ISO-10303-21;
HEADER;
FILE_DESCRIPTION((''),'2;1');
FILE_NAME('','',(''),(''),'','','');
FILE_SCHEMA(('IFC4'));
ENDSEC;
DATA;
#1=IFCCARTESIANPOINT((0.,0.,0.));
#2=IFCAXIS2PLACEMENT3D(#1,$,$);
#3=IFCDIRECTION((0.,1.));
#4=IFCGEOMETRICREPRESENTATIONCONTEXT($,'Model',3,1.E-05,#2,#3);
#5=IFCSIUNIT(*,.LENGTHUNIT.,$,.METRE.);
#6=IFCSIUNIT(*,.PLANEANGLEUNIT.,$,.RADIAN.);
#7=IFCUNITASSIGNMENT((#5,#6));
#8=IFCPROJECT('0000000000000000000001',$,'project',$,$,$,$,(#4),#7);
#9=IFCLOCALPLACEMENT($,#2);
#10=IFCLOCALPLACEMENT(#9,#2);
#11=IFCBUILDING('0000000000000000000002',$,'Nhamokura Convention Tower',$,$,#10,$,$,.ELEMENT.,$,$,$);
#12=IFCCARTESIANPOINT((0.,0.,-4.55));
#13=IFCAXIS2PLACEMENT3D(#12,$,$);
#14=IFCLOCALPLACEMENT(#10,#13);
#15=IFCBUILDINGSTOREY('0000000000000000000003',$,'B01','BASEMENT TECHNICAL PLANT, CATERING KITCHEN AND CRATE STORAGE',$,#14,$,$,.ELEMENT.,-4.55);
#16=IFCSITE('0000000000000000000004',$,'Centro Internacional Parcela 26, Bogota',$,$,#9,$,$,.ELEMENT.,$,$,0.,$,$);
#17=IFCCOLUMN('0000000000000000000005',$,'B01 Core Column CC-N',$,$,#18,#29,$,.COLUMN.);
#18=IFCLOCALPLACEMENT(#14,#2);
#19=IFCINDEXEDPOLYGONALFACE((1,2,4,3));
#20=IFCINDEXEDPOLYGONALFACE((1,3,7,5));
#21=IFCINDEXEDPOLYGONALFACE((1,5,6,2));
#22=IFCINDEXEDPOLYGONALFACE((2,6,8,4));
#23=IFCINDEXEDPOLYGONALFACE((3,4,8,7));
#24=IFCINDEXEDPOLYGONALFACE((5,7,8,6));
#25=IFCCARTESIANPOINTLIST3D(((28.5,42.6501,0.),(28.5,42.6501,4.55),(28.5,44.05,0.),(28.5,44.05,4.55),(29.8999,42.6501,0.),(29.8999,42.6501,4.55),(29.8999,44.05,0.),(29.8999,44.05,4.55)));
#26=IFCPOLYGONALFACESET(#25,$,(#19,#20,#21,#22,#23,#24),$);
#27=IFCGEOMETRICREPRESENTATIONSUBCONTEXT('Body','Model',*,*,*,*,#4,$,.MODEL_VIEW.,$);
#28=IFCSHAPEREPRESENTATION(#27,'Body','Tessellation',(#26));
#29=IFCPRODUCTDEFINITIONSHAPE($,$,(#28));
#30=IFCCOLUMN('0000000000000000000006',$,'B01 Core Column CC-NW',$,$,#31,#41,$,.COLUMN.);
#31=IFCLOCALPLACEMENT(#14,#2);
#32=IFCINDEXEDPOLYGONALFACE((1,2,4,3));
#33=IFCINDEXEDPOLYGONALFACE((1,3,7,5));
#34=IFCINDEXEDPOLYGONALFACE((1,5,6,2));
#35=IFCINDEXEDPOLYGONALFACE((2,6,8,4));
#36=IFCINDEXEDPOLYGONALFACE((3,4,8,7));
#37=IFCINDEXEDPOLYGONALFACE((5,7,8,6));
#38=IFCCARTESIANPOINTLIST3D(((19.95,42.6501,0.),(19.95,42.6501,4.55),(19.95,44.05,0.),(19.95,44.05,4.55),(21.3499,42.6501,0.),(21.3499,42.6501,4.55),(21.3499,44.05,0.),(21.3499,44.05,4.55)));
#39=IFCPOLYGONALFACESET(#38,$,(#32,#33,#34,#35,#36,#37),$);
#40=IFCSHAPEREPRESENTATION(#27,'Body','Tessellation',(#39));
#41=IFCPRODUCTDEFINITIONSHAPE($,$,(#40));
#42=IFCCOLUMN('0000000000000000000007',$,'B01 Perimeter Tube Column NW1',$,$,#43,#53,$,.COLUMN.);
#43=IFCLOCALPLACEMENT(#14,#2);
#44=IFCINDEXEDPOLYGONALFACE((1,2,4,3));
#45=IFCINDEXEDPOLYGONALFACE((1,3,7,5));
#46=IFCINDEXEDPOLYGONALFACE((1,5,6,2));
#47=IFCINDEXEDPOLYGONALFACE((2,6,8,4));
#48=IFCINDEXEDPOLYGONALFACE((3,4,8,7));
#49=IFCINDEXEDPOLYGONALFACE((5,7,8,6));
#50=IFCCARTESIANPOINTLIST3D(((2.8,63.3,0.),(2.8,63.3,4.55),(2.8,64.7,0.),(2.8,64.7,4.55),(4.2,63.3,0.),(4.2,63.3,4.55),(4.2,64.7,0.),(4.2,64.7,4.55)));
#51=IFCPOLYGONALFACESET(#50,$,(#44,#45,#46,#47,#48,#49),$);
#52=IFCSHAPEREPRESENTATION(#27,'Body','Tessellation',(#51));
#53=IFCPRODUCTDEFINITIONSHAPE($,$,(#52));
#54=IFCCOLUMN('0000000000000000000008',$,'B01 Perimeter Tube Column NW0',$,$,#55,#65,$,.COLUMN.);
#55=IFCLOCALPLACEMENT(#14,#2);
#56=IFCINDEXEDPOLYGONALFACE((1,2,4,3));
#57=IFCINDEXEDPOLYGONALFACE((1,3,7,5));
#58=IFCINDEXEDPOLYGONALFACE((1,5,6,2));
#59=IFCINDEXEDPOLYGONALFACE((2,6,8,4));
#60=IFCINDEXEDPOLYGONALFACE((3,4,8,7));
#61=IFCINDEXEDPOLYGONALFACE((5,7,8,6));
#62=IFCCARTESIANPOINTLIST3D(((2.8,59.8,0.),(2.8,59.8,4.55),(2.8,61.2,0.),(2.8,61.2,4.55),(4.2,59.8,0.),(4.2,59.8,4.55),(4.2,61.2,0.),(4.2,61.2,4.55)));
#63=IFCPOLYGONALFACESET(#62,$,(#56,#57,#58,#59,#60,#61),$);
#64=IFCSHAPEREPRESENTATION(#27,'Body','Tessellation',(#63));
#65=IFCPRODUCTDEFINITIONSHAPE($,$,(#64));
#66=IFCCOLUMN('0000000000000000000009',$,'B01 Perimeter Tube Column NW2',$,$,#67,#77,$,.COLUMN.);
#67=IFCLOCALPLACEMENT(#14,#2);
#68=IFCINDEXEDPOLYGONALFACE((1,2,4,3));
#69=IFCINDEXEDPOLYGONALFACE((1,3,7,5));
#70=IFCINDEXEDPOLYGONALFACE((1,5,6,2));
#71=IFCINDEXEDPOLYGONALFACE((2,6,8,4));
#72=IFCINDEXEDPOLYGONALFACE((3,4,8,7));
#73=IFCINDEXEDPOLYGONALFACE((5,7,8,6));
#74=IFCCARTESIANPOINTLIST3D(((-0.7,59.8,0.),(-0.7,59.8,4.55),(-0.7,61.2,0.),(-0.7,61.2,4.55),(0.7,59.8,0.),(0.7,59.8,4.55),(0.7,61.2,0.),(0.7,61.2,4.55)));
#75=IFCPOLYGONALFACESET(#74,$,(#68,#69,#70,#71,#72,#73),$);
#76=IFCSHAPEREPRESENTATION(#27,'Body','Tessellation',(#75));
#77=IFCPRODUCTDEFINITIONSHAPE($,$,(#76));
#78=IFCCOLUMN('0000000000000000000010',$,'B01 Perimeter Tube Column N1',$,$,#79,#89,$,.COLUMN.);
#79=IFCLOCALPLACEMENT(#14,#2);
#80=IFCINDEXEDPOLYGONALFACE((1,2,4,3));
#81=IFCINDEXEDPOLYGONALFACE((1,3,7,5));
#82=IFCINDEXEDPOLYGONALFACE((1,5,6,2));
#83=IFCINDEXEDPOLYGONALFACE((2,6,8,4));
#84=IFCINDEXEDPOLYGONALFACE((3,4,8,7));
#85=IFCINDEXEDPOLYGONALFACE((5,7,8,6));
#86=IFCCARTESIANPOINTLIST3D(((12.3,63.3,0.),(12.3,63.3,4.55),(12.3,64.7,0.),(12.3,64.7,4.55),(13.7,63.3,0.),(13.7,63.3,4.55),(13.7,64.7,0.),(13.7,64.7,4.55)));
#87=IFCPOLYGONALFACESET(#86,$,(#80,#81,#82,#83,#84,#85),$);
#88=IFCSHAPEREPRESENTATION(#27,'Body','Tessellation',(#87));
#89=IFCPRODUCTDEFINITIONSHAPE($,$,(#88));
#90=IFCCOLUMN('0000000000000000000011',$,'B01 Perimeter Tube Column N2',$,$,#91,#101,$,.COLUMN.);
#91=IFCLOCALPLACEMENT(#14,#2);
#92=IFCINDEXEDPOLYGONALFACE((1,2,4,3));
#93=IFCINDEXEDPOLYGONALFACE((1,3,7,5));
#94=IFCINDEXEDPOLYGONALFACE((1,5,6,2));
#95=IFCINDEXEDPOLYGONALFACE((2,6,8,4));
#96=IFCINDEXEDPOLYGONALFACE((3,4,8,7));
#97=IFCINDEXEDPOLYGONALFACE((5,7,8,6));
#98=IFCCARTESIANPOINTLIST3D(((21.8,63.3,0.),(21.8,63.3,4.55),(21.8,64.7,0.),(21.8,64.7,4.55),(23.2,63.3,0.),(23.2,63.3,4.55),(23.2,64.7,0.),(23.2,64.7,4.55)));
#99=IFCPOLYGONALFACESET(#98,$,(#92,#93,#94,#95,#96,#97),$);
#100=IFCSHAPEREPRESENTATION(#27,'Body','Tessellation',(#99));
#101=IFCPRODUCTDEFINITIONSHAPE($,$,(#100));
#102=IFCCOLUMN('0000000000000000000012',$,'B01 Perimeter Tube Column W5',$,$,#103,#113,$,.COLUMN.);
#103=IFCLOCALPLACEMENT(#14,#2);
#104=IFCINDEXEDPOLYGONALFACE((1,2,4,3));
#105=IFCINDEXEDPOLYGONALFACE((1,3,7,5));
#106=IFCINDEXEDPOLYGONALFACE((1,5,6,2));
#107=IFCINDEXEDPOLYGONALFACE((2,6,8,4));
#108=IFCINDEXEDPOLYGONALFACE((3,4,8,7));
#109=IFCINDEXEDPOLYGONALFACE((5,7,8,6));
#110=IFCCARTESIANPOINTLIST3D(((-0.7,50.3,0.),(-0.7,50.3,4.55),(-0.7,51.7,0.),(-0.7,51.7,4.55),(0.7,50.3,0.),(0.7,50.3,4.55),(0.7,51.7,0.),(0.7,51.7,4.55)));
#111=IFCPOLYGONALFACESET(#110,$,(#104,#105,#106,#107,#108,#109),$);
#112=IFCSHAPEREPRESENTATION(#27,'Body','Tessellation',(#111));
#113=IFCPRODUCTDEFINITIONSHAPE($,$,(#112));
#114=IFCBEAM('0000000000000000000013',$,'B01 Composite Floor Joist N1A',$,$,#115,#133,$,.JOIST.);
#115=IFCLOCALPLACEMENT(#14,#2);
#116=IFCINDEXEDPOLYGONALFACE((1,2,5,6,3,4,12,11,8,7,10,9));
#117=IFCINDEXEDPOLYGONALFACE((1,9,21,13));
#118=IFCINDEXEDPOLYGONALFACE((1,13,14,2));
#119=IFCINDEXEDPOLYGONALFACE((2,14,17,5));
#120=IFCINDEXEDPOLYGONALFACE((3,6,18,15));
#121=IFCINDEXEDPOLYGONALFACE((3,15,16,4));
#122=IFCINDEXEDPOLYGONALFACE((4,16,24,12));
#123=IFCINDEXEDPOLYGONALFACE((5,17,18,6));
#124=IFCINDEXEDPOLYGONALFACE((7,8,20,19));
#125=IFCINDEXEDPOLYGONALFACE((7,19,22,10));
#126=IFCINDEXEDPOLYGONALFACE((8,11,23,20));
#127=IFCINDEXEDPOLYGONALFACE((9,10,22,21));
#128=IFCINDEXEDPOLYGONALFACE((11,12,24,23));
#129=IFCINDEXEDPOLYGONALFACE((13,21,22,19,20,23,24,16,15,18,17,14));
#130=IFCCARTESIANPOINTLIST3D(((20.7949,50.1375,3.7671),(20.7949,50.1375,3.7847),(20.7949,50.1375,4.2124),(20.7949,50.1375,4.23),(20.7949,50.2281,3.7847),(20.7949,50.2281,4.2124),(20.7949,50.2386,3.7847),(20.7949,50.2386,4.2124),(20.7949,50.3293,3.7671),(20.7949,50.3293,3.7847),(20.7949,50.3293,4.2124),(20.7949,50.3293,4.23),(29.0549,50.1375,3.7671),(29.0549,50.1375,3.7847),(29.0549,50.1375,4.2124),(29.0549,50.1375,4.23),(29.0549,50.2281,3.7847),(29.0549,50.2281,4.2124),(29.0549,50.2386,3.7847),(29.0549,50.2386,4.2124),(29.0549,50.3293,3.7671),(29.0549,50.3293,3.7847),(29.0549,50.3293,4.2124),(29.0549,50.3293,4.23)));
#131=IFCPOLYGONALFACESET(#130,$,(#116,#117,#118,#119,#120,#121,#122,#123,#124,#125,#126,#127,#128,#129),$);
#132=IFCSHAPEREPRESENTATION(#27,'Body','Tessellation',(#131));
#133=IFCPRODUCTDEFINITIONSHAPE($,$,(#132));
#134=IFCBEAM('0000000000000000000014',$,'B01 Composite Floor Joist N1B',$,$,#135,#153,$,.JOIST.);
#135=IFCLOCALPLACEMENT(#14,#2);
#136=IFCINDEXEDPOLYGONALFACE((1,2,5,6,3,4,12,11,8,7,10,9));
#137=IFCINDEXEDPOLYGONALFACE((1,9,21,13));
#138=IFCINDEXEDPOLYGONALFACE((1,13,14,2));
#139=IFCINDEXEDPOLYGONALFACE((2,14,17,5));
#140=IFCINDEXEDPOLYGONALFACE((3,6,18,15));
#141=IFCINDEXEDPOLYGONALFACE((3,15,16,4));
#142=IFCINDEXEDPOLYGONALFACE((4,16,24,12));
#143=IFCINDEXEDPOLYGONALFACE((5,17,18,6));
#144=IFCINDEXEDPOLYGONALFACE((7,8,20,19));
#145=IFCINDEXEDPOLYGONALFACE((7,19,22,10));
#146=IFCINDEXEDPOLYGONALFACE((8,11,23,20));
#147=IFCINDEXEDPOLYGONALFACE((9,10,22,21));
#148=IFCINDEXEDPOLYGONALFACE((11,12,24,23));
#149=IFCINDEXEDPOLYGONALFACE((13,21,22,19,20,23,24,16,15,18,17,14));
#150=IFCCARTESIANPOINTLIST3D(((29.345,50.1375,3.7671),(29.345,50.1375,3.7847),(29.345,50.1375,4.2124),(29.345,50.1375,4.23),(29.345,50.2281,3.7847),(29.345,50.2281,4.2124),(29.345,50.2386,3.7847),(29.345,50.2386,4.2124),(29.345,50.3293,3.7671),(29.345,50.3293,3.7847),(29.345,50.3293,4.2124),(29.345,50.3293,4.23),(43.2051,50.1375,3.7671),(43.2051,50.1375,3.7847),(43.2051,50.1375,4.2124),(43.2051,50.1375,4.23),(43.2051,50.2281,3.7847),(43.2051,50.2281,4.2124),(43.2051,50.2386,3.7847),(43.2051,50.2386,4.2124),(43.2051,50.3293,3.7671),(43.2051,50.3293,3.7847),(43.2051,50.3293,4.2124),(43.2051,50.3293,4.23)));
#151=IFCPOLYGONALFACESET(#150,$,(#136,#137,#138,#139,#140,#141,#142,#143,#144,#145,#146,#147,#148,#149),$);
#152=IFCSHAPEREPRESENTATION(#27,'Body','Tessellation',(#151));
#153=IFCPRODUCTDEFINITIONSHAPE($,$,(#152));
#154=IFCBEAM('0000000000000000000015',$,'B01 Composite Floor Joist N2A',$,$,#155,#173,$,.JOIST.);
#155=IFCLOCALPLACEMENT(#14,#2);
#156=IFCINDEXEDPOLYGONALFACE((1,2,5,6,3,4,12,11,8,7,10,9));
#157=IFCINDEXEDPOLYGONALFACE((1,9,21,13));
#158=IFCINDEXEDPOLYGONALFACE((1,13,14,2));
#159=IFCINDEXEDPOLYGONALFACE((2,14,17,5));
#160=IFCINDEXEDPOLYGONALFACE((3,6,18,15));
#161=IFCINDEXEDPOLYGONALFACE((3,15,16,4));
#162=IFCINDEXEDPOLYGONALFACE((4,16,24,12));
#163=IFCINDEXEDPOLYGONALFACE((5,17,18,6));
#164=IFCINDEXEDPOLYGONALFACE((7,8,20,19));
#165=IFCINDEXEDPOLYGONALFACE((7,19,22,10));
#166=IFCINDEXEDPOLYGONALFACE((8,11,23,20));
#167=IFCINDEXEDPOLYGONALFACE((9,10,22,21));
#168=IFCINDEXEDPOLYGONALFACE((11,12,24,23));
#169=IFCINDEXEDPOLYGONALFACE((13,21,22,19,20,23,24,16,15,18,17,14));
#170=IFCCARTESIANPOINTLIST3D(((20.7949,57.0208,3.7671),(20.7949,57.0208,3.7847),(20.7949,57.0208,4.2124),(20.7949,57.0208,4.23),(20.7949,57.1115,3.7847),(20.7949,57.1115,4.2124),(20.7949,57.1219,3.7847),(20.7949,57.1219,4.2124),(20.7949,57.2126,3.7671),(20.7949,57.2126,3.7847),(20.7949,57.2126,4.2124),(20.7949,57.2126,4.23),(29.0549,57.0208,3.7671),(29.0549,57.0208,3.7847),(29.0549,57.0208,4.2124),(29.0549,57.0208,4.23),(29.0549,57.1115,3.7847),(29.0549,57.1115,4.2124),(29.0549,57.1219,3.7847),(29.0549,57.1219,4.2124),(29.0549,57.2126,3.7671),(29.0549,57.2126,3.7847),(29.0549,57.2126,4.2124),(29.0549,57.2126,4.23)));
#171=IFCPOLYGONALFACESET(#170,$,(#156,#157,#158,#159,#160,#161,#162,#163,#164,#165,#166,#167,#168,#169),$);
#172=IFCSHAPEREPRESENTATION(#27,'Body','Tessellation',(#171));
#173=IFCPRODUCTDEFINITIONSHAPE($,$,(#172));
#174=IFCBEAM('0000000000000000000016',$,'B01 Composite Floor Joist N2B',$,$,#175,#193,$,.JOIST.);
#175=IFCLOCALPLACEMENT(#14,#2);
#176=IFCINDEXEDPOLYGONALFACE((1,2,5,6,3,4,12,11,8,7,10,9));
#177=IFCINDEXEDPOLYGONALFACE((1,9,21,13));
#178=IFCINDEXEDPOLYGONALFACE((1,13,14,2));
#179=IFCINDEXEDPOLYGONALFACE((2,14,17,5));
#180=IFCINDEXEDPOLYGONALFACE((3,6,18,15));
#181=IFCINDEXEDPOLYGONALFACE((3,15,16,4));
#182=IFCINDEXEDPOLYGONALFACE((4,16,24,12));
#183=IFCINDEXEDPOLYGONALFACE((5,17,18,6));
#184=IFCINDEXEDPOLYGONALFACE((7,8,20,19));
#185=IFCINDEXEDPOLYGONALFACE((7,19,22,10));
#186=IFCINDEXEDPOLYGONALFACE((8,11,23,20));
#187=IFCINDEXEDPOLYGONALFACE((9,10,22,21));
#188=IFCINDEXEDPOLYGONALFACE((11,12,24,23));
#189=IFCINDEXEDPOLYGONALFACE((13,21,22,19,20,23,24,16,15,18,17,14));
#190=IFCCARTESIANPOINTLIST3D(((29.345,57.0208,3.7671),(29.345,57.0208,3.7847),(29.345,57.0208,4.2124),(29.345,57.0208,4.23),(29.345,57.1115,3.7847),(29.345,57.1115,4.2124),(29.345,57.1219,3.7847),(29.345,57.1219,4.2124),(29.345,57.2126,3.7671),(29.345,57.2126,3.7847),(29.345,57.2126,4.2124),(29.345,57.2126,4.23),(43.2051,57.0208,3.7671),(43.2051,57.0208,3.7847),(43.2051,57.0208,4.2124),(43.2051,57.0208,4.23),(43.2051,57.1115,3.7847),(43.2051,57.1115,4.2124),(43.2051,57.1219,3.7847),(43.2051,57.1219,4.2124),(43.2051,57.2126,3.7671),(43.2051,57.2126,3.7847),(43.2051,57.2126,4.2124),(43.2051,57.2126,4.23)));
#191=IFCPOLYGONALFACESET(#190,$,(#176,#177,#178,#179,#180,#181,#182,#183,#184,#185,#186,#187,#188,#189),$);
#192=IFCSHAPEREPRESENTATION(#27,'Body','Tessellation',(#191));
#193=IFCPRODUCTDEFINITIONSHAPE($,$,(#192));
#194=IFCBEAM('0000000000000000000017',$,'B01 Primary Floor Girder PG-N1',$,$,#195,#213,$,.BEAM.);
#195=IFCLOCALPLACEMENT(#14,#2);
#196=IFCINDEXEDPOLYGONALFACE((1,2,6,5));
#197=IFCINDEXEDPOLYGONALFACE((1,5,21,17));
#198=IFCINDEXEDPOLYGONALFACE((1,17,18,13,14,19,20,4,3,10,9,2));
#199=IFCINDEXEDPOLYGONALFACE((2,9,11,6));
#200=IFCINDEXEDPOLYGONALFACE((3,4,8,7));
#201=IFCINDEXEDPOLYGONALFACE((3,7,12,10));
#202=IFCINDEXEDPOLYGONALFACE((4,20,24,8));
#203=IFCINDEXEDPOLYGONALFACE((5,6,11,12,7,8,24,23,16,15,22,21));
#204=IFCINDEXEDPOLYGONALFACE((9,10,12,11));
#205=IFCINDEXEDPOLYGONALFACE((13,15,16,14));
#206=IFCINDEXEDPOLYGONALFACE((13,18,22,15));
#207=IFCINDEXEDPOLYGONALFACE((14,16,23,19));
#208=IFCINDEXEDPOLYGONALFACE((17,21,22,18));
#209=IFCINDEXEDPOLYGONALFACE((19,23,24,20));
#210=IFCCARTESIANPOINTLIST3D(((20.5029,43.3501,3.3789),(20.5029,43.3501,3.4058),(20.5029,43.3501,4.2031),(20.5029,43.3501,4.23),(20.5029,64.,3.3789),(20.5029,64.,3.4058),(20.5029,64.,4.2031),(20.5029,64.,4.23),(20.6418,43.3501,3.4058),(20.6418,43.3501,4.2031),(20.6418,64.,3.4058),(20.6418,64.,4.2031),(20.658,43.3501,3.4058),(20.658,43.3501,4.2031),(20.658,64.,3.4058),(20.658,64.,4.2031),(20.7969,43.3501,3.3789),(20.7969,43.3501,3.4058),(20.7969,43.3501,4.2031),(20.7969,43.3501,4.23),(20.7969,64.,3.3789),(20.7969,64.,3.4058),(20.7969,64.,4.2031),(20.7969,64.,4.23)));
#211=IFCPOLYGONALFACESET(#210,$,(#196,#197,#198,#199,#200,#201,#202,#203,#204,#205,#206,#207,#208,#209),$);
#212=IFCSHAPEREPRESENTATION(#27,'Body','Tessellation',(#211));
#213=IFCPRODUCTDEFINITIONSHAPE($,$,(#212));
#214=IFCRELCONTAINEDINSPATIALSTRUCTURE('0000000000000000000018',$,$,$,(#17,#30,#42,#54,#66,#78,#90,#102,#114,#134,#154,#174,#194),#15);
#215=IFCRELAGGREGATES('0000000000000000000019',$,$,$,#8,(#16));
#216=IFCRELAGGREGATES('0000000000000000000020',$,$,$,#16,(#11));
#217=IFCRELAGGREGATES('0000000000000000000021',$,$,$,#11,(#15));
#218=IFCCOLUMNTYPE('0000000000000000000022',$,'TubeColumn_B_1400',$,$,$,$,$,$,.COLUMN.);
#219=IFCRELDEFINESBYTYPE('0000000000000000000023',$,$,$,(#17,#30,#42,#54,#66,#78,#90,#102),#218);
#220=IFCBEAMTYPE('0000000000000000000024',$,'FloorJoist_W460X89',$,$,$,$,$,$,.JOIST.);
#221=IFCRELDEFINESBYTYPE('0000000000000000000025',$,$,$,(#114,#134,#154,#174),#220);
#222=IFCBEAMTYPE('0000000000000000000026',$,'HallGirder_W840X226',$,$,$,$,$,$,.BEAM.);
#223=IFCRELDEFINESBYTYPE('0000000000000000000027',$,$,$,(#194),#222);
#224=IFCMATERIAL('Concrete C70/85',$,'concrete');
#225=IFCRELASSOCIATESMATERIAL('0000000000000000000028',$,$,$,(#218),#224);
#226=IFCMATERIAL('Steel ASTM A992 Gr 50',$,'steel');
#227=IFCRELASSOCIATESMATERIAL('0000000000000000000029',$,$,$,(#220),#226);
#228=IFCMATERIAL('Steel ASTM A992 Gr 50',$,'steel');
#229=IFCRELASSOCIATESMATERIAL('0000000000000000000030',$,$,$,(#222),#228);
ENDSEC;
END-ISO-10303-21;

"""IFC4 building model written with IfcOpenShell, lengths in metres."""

from ifc_helpers import new_model, si_unit, direction, frame, origin, origin_2d, place, context, subcontext, project, spatial, rectangle, i_section, extrude, material, material_profile, profile_set, type_object, element, save


model = new_model("IFC4")

# Units and contexts
model_context = context("Model", 3, precision=1e-05, world=origin(), true_north=direction((0.0, 1.0)))
body_context = subcontext(model_context, "Body", "Model", "MODEL_VIEW")
ifc_project = project(units=[si_unit("LENGTHUNIT", "METRE"), si_unit("PLANEANGLEUNIT", "RADIAN")], contexts=[model_context])

# Site, building, storey
site_placement = place(None, origin())
site = spatial("IfcSite", under=ifc_project, at=site_placement, Name="Centro Internacional Parcela 26, Bogota", CompositionType="ELEMENT", RefElevation=0.0)
building_placement = place(site_placement, origin())
building = spatial("IfcBuilding", under=site, at=building_placement, Name="Nhamokura Convention Tower", CompositionType="ELEMENT")
storey_placement = place(building_placement, frame((0.0, 0.0, -4.55)))
storey = spatial("IfcBuildingStorey", under=building, at=storey_placement, Name="B01", Description="BASEMENT TECHNICAL PLANT, CATERING KITCHEN AND CRATE STORAGE", CompositionType="ELEMENT", Elevation=-4.55)

# Columns
ifc_material_1 = material(Name="Concrete C70/85", Category="concrete")
ifc_material_profile_1 = material_profile(ifc_material_1, rectangle(XDim=1.3999, YDim=1.3999, at=origin_2d()))
ifc_profile_set_1 = profile_set([ifc_material_profile_1], Name="Concrete C70/85")
column_type = type_object("IfcColumnType", Name="TubeColumn_B_1400", PredefinedType="COLUMN", material=ifc_profile_set_1)
for number, where, z_axis, x_axis, name in (
    (1, (29.2, 43.3501, 0.0), (0.0, 0.0, 1.0), (1.0, 0.0, 0.0), "B01 Core Column CC-N"),
    (2, (20.6499, 43.3501, 0.0), (0.0, 0.0, 1.0), (1.0, 0.0, 0.0), "B01 Core Column CC-NW"),
    (3, (3.5, 64.0, 0.0), (0.0, 0.0, 1.0), (1.0, 0.0, 0.0), "B01 Perimeter Tube Column NW1"),
    (4, (3.5, 60.5, 0.0), (0.0, 0.0, 1.0), (1.0, 0.0, 0.0), "B01 Perimeter Tube Column NW0"),
    (5, (0.0, 60.5, 0.0), (0.0, 0.0, 1.0), (1.0, 0.0, 0.0), "B01 Perimeter Tube Column NW2"),
    (6, (13.0, 64.0, 0.0), (0.0, 0.0, 1.0), (1.0, 0.0, 0.0), "B01 Perimeter Tube Column N1"),
    (7, (22.5, 64.0, 0.0), (0.0, 0.0, 1.0), (1.0, 0.0, 0.0), "B01 Perimeter Tube Column N2"),
    (8, (0.0, 51.0, 0.0), (0.0, 0.0, 1.0), (1.0, 0.0, 0.0), "B01 Perimeter Tube Column W5"),
):
    element("IfcColumn", number, at=place(storey_placement, frame(where, z_axis=z_axis, x_axis=x_axis)), inside=storey, type_object=column_type, Name=name, PredefinedType="COLUMN", context=body_context, shape_type="SweptSolid", body=[
        extrude(rectangle(XDim=1.3999, YDim=1.3999, at=origin_2d()), origin(), (0.0, 0.0, 1.0), 4.55),
    ])

# Beams
ifc_material_2 = material(Name="Steel ASTM A992 Gr 50", Category="steel")
ifc_material_profile_2 = material_profile(ifc_material_2, i_section(OverallWidth=0.1919, OverallDepth=0.4629, WebThickness=0.0105, FlangeThickness=0.0176, at=origin_2d()))
ifc_profile_set_2 = profile_set([ifc_material_profile_2], Name="Steel ASTM A992 Gr 50")
beam_type_1 = type_object("IfcBeamType", Name="FloorJoist_W460X89", PredefinedType="JOIST", material=ifc_profile_set_2)
beam_1_placement = place(storey_placement, frame((20.7949, 50.2334, 3.9985), z_axis=(1.0, 0.0, 0.0), x_axis=(0.0, 1.0, 0.0)))
element("IfcBeam", 9, at=beam_1_placement, inside=storey, type_object=beam_type_1, Name="B01 Composite Floor Joist N1A", PredefinedType="JOIST", context=body_context, shape_type="SweptSolid", body=[
    extrude(i_section(OverallWidth=0.1919, OverallDepth=0.4629, WebThickness=0.0105, FlangeThickness=0.0176, at=origin_2d()), origin(), (0.0, 0.0, 1.0), 8.26),
])
beam_2_placement = place(storey_placement, frame((29.345, 50.2334, 3.9985), z_axis=(1.0, 0.0, 0.0), x_axis=(0.0, 1.0, 0.0)))
element("IfcBeam", 10, at=beam_2_placement, inside=storey, type_object=beam_type_1, Name="B01 Composite Floor Joist N1B", PredefinedType="JOIST", context=body_context, shape_type="SweptSolid", body=[
    extrude(i_section(OverallWidth=0.1919, OverallDepth=0.4629, WebThickness=0.0105, FlangeThickness=0.0176, at=origin_2d()), origin(), (0.0, 0.0, 1.0), 13.8601),
])
beam_3_placement = place(storey_placement, frame((20.7949, 57.1167, 3.9985), z_axis=(1.0, 0.0, 0.0), x_axis=(0.0, 1.0, 0.0)))
element("IfcBeam", 11, at=beam_3_placement, inside=storey, type_object=beam_type_1, Name="B01 Composite Floor Joist N2A", PredefinedType="JOIST", context=body_context, shape_type="SweptSolid", body=[
    extrude(i_section(OverallWidth=0.1919, OverallDepth=0.4629, WebThickness=0.0105, FlangeThickness=0.0176, at=origin_2d()), origin(), (0.0, 0.0, 1.0), 8.26),
])
beam_4_placement = place(storey_placement, frame((29.345, 57.1167, 3.9985), z_axis=(1.0, 0.0, 0.0), x_axis=(0.0, 1.0, 0.0)))
element("IfcBeam", 12, at=beam_4_placement, inside=storey, type_object=beam_type_1, Name="B01 Composite Floor Joist N2B", PredefinedType="JOIST", context=body_context, shape_type="SweptSolid", body=[
    extrude(i_section(OverallWidth=0.1919, OverallDepth=0.4629, WebThickness=0.0105, FlangeThickness=0.0176, at=origin_2d()), origin(), (0.0, 0.0, 1.0), 13.8601),
])
ifc_material_3 = material(Name="Steel ASTM A992 Gr 50", Category="steel")
ifc_material_profile_3 = material_profile(ifc_material_3, i_section(OverallWidth=0.2939, OverallDepth=0.8511, WebThickness=0.0161, FlangeThickness=0.0269, at=origin_2d()))
ifc_profile_set_3 = profile_set([ifc_material_profile_3], Name="Steel ASTM A992 Gr 50")
beam_type_2 = type_object("IfcBeamType", Name="HallGirder_W840X226", PredefinedType="BEAM", material=ifc_profile_set_3)
for number, where, z_axis, x_axis, name in (
    (13, (20.6499, 43.3501, 3.8044), (0.0, 1.0, 0.0), (-1.0, 0.0, 0.0), "B01 Primary Floor Girder PG-N1"),
):
    element("IfcBeam", number, at=place(storey_placement, frame(where, z_axis=z_axis, x_axis=x_axis)), inside=storey, type_object=beam_type_2, Name=name, PredefinedType="BEAM", context=body_context, shape_type="SweptSolid", body=[
        extrude(i_section(OverallWidth=0.2939, OverallDepth=0.8511, WebThickness=0.0161, FlangeThickness=0.0269, at=origin_2d()), origin(), (0.0, 0.0, 1.0), 20.6499),
    ])

save(model, "model.ifc")
